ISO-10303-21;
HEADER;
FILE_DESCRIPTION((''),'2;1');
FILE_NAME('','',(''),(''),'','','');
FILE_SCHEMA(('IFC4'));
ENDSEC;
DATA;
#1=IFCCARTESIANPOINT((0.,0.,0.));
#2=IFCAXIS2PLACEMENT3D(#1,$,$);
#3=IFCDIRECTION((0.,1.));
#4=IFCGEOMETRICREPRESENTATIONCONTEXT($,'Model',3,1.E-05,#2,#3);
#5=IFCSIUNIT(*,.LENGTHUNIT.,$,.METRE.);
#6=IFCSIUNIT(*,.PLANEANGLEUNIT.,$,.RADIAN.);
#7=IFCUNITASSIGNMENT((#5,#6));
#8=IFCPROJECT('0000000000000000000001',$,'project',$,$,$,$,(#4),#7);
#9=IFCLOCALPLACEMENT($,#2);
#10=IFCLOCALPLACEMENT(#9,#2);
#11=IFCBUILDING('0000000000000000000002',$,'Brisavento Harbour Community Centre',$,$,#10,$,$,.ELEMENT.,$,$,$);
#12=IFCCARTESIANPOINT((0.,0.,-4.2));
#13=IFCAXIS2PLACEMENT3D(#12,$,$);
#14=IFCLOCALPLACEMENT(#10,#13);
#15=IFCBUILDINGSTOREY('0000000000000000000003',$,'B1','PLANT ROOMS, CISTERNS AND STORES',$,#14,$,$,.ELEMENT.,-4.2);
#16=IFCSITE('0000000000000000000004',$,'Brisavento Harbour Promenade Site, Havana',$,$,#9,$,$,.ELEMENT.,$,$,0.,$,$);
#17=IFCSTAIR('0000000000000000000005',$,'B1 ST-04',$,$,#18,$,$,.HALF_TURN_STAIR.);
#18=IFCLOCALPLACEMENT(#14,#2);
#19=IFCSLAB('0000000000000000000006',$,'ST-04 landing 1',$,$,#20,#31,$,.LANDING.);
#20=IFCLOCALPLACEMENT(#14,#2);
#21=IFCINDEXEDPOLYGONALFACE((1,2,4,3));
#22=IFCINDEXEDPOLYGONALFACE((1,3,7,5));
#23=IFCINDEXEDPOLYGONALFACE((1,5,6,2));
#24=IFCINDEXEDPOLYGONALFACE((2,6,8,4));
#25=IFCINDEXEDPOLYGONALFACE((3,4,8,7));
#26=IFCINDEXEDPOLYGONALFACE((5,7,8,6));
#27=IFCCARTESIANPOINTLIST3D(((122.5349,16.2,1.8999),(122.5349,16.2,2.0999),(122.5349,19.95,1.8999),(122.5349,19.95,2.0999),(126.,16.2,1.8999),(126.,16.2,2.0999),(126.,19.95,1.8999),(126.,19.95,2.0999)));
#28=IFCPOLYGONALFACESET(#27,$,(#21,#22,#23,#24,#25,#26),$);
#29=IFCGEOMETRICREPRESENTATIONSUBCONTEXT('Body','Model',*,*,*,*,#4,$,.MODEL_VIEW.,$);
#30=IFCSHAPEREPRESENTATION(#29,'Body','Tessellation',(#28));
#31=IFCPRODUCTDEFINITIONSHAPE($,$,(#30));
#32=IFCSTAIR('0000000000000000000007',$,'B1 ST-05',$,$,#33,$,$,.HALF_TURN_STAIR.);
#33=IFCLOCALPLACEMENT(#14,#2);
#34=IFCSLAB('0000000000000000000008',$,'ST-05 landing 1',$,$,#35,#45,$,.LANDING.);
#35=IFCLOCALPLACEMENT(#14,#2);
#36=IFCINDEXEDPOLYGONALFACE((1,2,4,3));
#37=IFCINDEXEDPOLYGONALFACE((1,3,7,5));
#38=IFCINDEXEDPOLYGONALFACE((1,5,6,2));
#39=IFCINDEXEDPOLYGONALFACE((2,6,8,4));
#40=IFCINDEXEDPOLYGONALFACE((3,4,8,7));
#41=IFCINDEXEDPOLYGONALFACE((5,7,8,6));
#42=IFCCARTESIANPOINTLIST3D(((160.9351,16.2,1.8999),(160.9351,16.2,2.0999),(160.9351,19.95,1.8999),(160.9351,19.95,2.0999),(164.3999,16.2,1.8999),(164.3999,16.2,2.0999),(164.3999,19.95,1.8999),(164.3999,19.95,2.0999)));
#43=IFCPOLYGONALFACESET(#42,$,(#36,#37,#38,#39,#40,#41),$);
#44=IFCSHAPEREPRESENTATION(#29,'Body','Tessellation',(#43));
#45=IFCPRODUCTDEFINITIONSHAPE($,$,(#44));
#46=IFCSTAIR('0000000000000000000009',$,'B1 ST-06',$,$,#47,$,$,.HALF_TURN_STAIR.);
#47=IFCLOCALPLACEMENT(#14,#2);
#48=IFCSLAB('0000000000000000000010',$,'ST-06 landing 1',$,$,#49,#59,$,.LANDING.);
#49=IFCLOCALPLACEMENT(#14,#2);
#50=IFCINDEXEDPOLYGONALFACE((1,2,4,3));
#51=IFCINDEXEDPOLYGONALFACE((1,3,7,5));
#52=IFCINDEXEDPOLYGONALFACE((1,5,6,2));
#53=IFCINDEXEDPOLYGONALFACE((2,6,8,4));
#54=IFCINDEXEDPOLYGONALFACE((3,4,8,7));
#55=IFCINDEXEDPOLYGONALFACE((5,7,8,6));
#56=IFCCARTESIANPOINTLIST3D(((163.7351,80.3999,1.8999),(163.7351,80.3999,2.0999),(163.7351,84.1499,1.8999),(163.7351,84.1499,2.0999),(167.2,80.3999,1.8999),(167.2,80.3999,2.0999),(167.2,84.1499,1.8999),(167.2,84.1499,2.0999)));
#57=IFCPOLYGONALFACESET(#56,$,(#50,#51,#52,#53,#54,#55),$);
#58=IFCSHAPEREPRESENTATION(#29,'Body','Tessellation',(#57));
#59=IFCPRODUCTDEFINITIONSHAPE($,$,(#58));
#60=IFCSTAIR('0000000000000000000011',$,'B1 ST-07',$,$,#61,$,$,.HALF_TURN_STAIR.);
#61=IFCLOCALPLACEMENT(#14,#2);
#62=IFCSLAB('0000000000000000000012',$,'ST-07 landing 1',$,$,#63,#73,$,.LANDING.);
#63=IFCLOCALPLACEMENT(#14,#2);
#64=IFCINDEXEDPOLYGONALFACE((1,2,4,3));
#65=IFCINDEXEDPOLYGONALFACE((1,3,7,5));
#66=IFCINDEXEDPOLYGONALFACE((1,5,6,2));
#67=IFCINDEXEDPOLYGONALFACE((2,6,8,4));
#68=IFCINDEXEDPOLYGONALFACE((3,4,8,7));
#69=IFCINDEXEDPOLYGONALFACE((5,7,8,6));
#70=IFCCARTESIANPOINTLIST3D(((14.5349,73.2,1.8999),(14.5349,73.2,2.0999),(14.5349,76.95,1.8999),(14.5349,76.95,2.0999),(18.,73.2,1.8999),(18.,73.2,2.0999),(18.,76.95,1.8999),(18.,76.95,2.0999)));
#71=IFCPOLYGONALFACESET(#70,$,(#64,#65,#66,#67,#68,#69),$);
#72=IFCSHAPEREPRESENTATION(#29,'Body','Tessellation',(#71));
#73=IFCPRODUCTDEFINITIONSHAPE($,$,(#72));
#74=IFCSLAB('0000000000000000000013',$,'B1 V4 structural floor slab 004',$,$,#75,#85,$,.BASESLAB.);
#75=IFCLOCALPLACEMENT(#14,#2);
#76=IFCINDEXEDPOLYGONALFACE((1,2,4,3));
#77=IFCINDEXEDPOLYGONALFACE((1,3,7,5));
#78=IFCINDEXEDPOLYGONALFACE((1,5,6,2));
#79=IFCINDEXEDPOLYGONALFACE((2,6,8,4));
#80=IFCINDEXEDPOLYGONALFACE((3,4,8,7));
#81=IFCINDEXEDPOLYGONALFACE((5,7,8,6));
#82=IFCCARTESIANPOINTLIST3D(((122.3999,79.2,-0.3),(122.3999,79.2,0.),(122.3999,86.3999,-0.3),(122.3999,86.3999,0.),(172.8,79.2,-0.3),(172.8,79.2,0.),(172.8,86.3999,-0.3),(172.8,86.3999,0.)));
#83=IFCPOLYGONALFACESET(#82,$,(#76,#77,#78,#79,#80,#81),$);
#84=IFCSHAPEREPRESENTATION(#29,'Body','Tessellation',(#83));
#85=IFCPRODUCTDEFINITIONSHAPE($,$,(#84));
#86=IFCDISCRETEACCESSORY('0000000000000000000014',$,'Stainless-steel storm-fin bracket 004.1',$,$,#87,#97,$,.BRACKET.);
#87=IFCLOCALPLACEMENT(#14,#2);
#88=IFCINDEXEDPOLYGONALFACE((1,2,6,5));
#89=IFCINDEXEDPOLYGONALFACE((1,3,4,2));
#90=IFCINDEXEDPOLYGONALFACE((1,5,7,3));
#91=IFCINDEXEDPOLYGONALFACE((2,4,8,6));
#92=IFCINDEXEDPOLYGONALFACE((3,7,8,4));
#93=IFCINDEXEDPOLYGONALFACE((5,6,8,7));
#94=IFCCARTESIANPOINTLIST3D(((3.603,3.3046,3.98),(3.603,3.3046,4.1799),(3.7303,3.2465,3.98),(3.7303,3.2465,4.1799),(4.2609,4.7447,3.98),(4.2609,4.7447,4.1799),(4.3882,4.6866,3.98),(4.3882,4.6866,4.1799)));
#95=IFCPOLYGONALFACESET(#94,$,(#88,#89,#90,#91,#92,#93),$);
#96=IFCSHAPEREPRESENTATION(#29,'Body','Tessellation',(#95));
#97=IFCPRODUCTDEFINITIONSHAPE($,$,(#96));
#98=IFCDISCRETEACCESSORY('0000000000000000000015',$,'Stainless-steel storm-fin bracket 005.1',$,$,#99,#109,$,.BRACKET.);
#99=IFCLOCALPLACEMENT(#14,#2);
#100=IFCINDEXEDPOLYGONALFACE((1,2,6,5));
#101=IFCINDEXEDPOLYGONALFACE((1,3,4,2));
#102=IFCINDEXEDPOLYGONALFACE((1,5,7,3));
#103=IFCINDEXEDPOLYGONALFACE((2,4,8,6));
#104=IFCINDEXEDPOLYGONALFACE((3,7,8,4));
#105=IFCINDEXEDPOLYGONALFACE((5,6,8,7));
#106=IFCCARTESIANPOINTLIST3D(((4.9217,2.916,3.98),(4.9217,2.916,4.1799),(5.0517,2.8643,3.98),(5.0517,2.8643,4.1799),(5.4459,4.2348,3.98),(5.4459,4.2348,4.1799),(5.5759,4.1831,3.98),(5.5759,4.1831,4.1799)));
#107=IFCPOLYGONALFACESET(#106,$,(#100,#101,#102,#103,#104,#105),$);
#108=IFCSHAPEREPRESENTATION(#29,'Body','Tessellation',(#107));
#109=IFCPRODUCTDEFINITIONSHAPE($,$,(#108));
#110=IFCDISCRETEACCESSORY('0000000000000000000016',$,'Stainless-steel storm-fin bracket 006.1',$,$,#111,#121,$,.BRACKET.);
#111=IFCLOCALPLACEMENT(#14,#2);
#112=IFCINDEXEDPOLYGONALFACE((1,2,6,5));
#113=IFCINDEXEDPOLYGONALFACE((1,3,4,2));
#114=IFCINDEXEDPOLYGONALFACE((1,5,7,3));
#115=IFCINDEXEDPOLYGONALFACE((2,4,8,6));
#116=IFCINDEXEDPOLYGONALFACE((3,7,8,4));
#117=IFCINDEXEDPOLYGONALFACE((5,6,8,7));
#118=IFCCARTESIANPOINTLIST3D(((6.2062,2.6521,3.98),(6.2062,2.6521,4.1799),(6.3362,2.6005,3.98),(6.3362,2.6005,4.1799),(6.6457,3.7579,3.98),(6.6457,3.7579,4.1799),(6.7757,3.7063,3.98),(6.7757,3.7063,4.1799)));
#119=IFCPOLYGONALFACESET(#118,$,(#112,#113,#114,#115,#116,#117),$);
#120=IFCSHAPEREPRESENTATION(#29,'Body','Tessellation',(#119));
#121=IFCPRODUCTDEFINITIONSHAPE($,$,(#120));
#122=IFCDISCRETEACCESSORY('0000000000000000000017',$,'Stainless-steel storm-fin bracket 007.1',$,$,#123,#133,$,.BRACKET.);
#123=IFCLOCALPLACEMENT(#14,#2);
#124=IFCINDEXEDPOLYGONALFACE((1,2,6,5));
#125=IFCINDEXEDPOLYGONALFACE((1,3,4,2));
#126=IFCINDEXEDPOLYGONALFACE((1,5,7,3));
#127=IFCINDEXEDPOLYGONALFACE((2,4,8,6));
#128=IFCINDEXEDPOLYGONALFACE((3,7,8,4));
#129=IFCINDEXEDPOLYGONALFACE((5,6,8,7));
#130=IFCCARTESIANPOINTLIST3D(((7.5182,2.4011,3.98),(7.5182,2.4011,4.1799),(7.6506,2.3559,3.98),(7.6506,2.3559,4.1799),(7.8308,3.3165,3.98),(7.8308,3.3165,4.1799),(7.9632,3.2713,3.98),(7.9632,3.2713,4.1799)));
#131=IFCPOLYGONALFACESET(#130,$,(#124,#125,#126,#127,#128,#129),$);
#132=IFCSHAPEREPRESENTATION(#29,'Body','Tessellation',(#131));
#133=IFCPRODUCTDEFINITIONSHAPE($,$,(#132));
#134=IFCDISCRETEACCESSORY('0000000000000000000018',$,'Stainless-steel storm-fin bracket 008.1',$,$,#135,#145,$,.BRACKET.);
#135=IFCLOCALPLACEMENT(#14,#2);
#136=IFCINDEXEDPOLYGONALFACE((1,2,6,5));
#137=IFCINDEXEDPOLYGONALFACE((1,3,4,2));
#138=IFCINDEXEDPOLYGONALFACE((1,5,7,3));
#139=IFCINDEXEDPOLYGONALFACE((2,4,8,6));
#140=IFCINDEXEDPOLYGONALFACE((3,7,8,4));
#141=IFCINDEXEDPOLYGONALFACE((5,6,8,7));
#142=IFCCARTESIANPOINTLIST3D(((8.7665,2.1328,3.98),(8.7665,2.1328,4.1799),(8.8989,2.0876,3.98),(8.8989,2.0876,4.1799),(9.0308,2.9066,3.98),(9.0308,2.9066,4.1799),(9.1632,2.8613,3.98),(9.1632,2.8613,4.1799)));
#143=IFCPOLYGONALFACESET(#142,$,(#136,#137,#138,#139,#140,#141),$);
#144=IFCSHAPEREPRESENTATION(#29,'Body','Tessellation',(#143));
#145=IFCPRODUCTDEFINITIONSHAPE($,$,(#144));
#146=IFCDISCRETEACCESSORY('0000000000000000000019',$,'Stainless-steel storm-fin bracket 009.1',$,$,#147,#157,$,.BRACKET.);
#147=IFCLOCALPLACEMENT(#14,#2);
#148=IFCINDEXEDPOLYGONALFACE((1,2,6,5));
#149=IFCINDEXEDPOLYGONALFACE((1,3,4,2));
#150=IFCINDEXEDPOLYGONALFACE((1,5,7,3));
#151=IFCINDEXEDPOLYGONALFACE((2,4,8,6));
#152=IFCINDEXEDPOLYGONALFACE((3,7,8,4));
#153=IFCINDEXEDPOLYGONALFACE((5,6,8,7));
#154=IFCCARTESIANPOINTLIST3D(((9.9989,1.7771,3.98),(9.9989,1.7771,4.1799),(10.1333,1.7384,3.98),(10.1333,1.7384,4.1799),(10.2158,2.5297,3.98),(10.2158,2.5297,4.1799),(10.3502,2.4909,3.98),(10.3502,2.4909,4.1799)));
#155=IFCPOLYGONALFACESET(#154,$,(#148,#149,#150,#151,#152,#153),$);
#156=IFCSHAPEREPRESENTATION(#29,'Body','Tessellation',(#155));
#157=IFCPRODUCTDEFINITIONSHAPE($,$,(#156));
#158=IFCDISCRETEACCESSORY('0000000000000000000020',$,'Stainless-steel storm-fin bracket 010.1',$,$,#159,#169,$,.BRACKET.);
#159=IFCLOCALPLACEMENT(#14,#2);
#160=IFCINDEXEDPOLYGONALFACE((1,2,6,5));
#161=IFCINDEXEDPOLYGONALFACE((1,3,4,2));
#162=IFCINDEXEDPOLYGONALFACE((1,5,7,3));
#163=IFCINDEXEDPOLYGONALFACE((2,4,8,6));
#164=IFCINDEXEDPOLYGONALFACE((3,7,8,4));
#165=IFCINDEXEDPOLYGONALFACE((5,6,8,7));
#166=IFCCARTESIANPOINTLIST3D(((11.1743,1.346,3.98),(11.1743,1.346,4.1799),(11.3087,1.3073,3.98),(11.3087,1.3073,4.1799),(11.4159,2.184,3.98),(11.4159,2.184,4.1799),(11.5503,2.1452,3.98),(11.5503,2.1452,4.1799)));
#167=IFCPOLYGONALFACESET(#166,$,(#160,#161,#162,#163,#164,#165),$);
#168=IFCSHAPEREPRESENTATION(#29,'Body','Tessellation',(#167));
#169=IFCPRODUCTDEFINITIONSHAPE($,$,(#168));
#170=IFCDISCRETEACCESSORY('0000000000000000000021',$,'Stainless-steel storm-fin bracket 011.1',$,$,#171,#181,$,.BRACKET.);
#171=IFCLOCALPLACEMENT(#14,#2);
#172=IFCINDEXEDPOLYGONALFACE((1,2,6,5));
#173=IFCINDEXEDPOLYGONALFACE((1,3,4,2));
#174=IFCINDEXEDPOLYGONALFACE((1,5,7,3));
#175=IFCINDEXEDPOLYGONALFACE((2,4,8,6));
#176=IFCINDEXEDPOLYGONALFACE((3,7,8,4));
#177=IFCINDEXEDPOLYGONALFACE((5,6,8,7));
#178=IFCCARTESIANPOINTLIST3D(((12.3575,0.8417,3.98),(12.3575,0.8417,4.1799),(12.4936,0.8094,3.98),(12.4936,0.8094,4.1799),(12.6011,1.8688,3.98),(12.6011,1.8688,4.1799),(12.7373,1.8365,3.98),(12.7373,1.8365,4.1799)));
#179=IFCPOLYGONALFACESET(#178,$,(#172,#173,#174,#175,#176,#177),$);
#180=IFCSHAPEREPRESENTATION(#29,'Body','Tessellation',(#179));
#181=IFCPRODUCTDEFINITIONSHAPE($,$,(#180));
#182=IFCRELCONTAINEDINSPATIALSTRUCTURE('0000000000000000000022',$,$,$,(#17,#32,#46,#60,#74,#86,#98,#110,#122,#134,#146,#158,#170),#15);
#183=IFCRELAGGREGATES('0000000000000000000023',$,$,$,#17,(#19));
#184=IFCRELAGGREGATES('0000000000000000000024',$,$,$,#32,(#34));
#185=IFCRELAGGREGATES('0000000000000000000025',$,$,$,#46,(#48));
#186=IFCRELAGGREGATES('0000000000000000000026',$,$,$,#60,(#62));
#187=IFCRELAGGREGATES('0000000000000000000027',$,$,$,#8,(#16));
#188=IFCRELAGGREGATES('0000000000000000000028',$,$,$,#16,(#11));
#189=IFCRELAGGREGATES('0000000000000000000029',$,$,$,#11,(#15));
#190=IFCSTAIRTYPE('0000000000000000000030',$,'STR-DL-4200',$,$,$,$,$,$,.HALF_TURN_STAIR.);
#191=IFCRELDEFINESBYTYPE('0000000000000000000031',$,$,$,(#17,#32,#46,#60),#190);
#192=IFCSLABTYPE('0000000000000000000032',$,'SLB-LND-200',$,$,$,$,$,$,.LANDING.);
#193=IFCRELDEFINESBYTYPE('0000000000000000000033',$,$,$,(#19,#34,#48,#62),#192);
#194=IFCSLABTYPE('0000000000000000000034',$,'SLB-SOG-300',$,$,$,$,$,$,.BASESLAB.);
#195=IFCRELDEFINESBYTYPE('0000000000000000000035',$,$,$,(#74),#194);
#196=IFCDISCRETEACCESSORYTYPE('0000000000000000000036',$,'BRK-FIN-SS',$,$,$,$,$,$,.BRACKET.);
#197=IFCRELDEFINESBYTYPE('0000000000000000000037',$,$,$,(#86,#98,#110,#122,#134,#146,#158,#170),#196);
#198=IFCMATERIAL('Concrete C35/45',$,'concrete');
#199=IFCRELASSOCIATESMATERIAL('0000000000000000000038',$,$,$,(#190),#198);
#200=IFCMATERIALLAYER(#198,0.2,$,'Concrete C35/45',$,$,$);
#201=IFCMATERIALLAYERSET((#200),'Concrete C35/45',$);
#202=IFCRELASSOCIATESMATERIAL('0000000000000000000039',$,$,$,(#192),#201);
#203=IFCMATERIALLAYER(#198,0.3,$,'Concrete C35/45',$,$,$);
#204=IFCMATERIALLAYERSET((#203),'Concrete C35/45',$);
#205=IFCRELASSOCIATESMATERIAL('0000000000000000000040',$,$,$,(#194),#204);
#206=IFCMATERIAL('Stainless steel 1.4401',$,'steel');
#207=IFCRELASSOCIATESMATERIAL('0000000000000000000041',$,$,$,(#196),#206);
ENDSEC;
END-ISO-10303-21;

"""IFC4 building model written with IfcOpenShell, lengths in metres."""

from ifc_helpers import new_model, si_unit, direction, frame, origin, origin_2d, place, context, subcontext, project, spatial, polyline, rectangle, outline, extrude, material, layer, layer_set, type_object, element, aggregate, save


model = new_model("IFC4")

# Units and contexts
model_context = context("Model", 3, precision=1e-05, world=origin(), true_north=direction((0.0, 1.0)))
body_context = subcontext(model_context, "Body", "Model", "MODEL_VIEW")
ifc_project = project(units=[si_unit("LENGTHUNIT", "METRE"), si_unit("PLANEANGLEUNIT", "RADIAN")], contexts=[model_context])

# Site, building, storey
site_placement = place(None, origin())
site = spatial("IfcSite", under=ifc_project, at=site_placement, Name="Brisavento Harbour Promenade Site, Havana", CompositionType="ELEMENT", RefElevation=0.0)
building_placement = place(site_placement, origin())
building = spatial("IfcBuilding", under=site, at=building_placement, Name="Brisavento Harbour Community Centre", CompositionType="ELEMENT")
storey_placement = place(building_placement, frame((0.0, 0.0, -4.2)))
storey = spatial("IfcBuildingStorey", under=building, at=storey_placement, Name="B1", Description="PLANT ROOMS, CISTERNS AND STORES", CompositionType="ELEMENT", Elevation=-4.2)

# Shared definitions
ifc_material_1 = material(Name="Concrete C35/45", Category="concrete")

# Stairs, slabs
stair_type = type_object("IfcStairType", Name="STR-DL-4200", PredefinedType="HALF_TURN_STAIR", material=ifc_material_1)
ifc_layer_1 = layer(ifc_material_1, 0.2, Name="Concrete C35/45")
ifc_layer_set_1 = layer_set([ifc_layer_1], Name="Concrete C35/45")
slab_type_1 = type_object("IfcSlabType", Name="SLB-LND-200", PredefinedType="LANDING", material=ifc_layer_set_1)
stair_1_placement = place(storey_placement, origin())
stair_1 = element("IfcStair", 1, at=stair_1_placement, inside=storey, type_object=stair_type, Name="B1 ST-04", PredefinedType="HALF_TURN_STAIR")
slab_1_placement = place(storey_placement, frame((0.0, 0.0, 1.8999)))
slab_1 = element("IfcSlab", 2, at=slab_1_placement, type_object=slab_type_1, Name="ST-04 landing 1", PredefinedType="LANDING", context=body_context, shape_type="SweptSolid", body=[
    extrude(outline(polyline([(122.5349, 16.2), (126.0, 16.2), (126.0, 19.95), (122.5349, 19.95), (122.5349, 16.2)])), origin(), (0.0, 0.0, 1.0), 0.2),
])
aggregate(stair_1, [slab_1])
stair_2_placement = place(storey_placement, origin())
stair_2 = element("IfcStair", 3, at=stair_2_placement, inside=storey, type_object=stair_type, Name="B1 ST-05", PredefinedType="HALF_TURN_STAIR")
slab_2_placement = place(storey_placement, frame((0.0, 0.0, 1.8999)))
slab_2 = element("IfcSlab", 4, at=slab_2_placement, type_object=slab_type_1, Name="ST-05 landing 1", PredefinedType="LANDING", context=body_context, shape_type="SweptSolid", body=[
    extrude(outline(polyline([(160.9351, 16.2), (164.3999, 16.2), (164.3999, 19.95), (160.9351, 19.95), (160.9351, 16.2)])), origin(), (0.0, 0.0, 1.0), 0.2),
])
aggregate(stair_2, [slab_2])
stair_3_placement = place(storey_placement, origin())
stair_3 = element("IfcStair", 5, at=stair_3_placement, inside=storey, type_object=stair_type, Name="B1 ST-06", PredefinedType="HALF_TURN_STAIR")
slab_3_placement = place(storey_placement, frame((0.0, 0.0, 1.8999)))
slab_3 = element("IfcSlab", 6, at=slab_3_placement, type_object=slab_type_1, Name="ST-06 landing 1", PredefinedType="LANDING", context=body_context, shape_type="SweptSolid", body=[
    extrude(outline(polyline([(163.7351, 80.3999), (167.2, 80.3999), (167.2, 84.1499), (163.7351, 84.1499), (163.7351, 80.3999)])), origin(), (0.0, 0.0, 1.0), 0.2),
])
aggregate(stair_3, [slab_3])
stair_4_placement = place(storey_placement, origin())
stair_4 = element("IfcStair", 7, at=stair_4_placement, inside=storey, type_object=stair_type, Name="B1 ST-07", PredefinedType="HALF_TURN_STAIR")
slab_4_placement = place(storey_placement, frame((0.0, 0.0, 1.8999)))
slab_4 = element("IfcSlab", 8, at=slab_4_placement, type_object=slab_type_1, Name="ST-07 landing 1", PredefinedType="LANDING", context=body_context, shape_type="SweptSolid", body=[
    extrude(outline(polyline([(14.5349, 73.2), (18.0, 73.2), (18.0, 76.95), (14.5349, 76.95), (14.5349, 73.2)])), origin(), (0.0, 0.0, 1.0), 0.2),
])
aggregate(stair_4, [slab_4])

# Slab
ifc_layer_2 = layer(ifc_material_1, 0.3, Name="Concrete C35/45")
ifc_layer_set_2 = layer_set([ifc_layer_2], Name="Concrete C35/45")
slab_type_2 = type_object("IfcSlabType", Name="SLB-SOG-300", PredefinedType="BASESLAB", material=ifc_layer_set_2)
slab_5_placement = place(storey_placement, frame((0.0, 0.0, -0.3)))
element("IfcSlab", 9, at=slab_5_placement, inside=storey, type_object=slab_type_2, Name="B1 V4 structural floor slab 004", PredefinedType="BASESLAB", context=body_context, shape_type="SweptSolid", body=[
    extrude(outline(polyline([(122.3999, 79.2), (172.8, 79.2), (172.8, 86.3999), (122.3999, 86.3999), (122.3999, 79.2)])), origin(), (0.0, 0.0, 1.0), 0.3),
])

# Discrete accessories
ifc_material_2 = material(Name="Stainless steel 1.4401", Category="steel")
discrete_accessory_type = type_object("IfcDiscreteAccessoryType", Name="BRK-FIN-SS", PredefinedType="BRACKET", material=ifc_material_2)
discrete_accessory_1_placement = place(storey_placement, frame((3.9956, 3.9956, 3.98), z_axis=(0.0, 0.0, 1.0), x_axis=(-0.415519, -0.909585, 0.0)))
element("IfcDiscreteAccessory", 10, at=discrete_accessory_1_placement, inside=storey, type_object=discrete_accessory_type, Name="Stainless-steel storm-fin bracket 004.1", PredefinedType="BRACKET", context=body_context, shape_type="SweptSolid", body=[
    extrude(rectangle(XDim=1.5833, YDim=0.1399, at=origin_2d()), origin(), (0.0, 0.0, 1.0), 0.2),
])
discrete_accessory_2_placement = place(storey_placement, frame((5.2488, 3.5496, 3.98), z_axis=(0.0, 0.0, 1.0), x_axis=(-0.369341, -0.929294, 0.0)))
element("IfcDiscreteAccessory", 11, at=discrete_accessory_2_placement, inside=storey, type_object=discrete_accessory_type, Name="Stainless-steel storm-fin bracket 005.1", PredefinedType="BRACKET", context=body_context, shape_type="SweptSolid", body=[
    extrude(rectangle(XDim=1.4192, YDim=0.1399, at=origin_2d()), origin(), (0.0, 0.0, 1.0), 0.2),
])
discrete_accessory_3_placement = place(storey_placement, frame((6.491, 3.1792, 3.98), z_axis=(0.0, 0.0, 1.0), x_axis=(-0.369341, -0.929294, 0.0)))
element("IfcDiscreteAccessory", 12, at=discrete_accessory_3_placement, inside=storey, type_object=discrete_accessory_type, Name="Stainless-steel storm-fin bracket 006.1", PredefinedType="BRACKET", context=body_context, shape_type="SweptSolid", body=[
    extrude(rectangle(XDim=1.1899, YDim=0.1399, at=origin_2d()), origin(), (0.0, 0.0, 1.0), 0.2),
])
discrete_accessory_4_placement = place(storey_placement, frame((7.7407, 2.8362, 3.98), z_axis=(0.0, 0.0, 1.0), x_axis=(-0.323174, -0.946339, 0.0)))
element("IfcDiscreteAccessory", 13, at=discrete_accessory_4_placement, inside=storey, type_object=discrete_accessory_type, Name="Stainless-steel storm-fin bracket 007.1", PredefinedType="BRACKET", context=body_context, shape_type="SweptSolid", body=[
    extrude(rectangle(XDim=0.9673, YDim=0.1399, at=origin_2d()), origin(), (0.0, 0.0, 1.0), 0.2),
])
discrete_accessory_5_placement = place(storey_placement, frame((8.9648, 2.4971, 3.98), z_axis=(0.0, 0.0, 1.0), x_axis=(-0.323174, -0.946339, 0.0)))
element("IfcDiscreteAccessory", 14, at=discrete_accessory_5_placement, inside=storey, type_object=discrete_accessory_type, Name="Stainless-steel storm-fin bracket 008.1", PredefinedType="BRACKET", context=body_context, shape_type="SweptSolid", body=[
    extrude(rectangle(XDim=0.8176, YDim=0.1399, at=origin_2d()), origin(), (0.0, 0.0, 1.0), 0.2),
])
discrete_accessory_6_placement = place(storey_placement, frame((10.1746, 2.134, 3.98), z_axis=(0.0, 0.0, 1.0), x_axis=(-0.276996, -0.960871, 0.0)))
element("IfcDiscreteAccessory", 15, at=discrete_accessory_6_placement, inside=storey, type_object=discrete_accessory_type, Name="Stainless-steel storm-fin bracket 009.1", PredefinedType="BRACKET", context=body_context, shape_type="SweptSolid", body=[
    extrude(rectangle(XDim=0.7832, YDim=0.1399, at=origin_2d()), origin(), (0.0, 0.0, 1.0), 0.2),
])
discrete_accessory_7_placement = place(storey_placement, frame((11.3623, 1.7456, 3.98), z_axis=(0.0, 0.0, 1.0), x_axis=(-0.276996, -0.960871, 0.0)))
element("IfcDiscreteAccessory", 16, at=discrete_accessory_7_placement, inside=storey, type_object=discrete_accessory_type, Name="Stainless-steel storm-fin bracket 010.1", PredefinedType="BRACKET", context=body_context, shape_type="SweptSolid", body=[
    extrude(rectangle(XDim=0.8721, YDim=0.1399, at=origin_2d()), origin(), (0.0, 0.0, 1.0), 0.2),
])
discrete_accessory_8_placement = place(storey_placement, frame((12.5474, 1.3391, 3.98), z_axis=(0.0, 0.0, 1.0), x_axis=(-0.230831, -0.972994, 0.0)))
element("IfcDiscreteAccessory", 17, at=discrete_accessory_8_placement, inside=storey, type_object=discrete_accessory_type, Name="Stainless-steel storm-fin bracket 011.1", PredefinedType="BRACKET", context=body_context, shape_type="SweptSolid", body=[
    extrude(rectangle(XDim=1.0557, YDim=0.1399, at=origin_2d()), origin(), (0.0, 0.0, 1.0), 0.2),
])

save(model, "model.ifc")
